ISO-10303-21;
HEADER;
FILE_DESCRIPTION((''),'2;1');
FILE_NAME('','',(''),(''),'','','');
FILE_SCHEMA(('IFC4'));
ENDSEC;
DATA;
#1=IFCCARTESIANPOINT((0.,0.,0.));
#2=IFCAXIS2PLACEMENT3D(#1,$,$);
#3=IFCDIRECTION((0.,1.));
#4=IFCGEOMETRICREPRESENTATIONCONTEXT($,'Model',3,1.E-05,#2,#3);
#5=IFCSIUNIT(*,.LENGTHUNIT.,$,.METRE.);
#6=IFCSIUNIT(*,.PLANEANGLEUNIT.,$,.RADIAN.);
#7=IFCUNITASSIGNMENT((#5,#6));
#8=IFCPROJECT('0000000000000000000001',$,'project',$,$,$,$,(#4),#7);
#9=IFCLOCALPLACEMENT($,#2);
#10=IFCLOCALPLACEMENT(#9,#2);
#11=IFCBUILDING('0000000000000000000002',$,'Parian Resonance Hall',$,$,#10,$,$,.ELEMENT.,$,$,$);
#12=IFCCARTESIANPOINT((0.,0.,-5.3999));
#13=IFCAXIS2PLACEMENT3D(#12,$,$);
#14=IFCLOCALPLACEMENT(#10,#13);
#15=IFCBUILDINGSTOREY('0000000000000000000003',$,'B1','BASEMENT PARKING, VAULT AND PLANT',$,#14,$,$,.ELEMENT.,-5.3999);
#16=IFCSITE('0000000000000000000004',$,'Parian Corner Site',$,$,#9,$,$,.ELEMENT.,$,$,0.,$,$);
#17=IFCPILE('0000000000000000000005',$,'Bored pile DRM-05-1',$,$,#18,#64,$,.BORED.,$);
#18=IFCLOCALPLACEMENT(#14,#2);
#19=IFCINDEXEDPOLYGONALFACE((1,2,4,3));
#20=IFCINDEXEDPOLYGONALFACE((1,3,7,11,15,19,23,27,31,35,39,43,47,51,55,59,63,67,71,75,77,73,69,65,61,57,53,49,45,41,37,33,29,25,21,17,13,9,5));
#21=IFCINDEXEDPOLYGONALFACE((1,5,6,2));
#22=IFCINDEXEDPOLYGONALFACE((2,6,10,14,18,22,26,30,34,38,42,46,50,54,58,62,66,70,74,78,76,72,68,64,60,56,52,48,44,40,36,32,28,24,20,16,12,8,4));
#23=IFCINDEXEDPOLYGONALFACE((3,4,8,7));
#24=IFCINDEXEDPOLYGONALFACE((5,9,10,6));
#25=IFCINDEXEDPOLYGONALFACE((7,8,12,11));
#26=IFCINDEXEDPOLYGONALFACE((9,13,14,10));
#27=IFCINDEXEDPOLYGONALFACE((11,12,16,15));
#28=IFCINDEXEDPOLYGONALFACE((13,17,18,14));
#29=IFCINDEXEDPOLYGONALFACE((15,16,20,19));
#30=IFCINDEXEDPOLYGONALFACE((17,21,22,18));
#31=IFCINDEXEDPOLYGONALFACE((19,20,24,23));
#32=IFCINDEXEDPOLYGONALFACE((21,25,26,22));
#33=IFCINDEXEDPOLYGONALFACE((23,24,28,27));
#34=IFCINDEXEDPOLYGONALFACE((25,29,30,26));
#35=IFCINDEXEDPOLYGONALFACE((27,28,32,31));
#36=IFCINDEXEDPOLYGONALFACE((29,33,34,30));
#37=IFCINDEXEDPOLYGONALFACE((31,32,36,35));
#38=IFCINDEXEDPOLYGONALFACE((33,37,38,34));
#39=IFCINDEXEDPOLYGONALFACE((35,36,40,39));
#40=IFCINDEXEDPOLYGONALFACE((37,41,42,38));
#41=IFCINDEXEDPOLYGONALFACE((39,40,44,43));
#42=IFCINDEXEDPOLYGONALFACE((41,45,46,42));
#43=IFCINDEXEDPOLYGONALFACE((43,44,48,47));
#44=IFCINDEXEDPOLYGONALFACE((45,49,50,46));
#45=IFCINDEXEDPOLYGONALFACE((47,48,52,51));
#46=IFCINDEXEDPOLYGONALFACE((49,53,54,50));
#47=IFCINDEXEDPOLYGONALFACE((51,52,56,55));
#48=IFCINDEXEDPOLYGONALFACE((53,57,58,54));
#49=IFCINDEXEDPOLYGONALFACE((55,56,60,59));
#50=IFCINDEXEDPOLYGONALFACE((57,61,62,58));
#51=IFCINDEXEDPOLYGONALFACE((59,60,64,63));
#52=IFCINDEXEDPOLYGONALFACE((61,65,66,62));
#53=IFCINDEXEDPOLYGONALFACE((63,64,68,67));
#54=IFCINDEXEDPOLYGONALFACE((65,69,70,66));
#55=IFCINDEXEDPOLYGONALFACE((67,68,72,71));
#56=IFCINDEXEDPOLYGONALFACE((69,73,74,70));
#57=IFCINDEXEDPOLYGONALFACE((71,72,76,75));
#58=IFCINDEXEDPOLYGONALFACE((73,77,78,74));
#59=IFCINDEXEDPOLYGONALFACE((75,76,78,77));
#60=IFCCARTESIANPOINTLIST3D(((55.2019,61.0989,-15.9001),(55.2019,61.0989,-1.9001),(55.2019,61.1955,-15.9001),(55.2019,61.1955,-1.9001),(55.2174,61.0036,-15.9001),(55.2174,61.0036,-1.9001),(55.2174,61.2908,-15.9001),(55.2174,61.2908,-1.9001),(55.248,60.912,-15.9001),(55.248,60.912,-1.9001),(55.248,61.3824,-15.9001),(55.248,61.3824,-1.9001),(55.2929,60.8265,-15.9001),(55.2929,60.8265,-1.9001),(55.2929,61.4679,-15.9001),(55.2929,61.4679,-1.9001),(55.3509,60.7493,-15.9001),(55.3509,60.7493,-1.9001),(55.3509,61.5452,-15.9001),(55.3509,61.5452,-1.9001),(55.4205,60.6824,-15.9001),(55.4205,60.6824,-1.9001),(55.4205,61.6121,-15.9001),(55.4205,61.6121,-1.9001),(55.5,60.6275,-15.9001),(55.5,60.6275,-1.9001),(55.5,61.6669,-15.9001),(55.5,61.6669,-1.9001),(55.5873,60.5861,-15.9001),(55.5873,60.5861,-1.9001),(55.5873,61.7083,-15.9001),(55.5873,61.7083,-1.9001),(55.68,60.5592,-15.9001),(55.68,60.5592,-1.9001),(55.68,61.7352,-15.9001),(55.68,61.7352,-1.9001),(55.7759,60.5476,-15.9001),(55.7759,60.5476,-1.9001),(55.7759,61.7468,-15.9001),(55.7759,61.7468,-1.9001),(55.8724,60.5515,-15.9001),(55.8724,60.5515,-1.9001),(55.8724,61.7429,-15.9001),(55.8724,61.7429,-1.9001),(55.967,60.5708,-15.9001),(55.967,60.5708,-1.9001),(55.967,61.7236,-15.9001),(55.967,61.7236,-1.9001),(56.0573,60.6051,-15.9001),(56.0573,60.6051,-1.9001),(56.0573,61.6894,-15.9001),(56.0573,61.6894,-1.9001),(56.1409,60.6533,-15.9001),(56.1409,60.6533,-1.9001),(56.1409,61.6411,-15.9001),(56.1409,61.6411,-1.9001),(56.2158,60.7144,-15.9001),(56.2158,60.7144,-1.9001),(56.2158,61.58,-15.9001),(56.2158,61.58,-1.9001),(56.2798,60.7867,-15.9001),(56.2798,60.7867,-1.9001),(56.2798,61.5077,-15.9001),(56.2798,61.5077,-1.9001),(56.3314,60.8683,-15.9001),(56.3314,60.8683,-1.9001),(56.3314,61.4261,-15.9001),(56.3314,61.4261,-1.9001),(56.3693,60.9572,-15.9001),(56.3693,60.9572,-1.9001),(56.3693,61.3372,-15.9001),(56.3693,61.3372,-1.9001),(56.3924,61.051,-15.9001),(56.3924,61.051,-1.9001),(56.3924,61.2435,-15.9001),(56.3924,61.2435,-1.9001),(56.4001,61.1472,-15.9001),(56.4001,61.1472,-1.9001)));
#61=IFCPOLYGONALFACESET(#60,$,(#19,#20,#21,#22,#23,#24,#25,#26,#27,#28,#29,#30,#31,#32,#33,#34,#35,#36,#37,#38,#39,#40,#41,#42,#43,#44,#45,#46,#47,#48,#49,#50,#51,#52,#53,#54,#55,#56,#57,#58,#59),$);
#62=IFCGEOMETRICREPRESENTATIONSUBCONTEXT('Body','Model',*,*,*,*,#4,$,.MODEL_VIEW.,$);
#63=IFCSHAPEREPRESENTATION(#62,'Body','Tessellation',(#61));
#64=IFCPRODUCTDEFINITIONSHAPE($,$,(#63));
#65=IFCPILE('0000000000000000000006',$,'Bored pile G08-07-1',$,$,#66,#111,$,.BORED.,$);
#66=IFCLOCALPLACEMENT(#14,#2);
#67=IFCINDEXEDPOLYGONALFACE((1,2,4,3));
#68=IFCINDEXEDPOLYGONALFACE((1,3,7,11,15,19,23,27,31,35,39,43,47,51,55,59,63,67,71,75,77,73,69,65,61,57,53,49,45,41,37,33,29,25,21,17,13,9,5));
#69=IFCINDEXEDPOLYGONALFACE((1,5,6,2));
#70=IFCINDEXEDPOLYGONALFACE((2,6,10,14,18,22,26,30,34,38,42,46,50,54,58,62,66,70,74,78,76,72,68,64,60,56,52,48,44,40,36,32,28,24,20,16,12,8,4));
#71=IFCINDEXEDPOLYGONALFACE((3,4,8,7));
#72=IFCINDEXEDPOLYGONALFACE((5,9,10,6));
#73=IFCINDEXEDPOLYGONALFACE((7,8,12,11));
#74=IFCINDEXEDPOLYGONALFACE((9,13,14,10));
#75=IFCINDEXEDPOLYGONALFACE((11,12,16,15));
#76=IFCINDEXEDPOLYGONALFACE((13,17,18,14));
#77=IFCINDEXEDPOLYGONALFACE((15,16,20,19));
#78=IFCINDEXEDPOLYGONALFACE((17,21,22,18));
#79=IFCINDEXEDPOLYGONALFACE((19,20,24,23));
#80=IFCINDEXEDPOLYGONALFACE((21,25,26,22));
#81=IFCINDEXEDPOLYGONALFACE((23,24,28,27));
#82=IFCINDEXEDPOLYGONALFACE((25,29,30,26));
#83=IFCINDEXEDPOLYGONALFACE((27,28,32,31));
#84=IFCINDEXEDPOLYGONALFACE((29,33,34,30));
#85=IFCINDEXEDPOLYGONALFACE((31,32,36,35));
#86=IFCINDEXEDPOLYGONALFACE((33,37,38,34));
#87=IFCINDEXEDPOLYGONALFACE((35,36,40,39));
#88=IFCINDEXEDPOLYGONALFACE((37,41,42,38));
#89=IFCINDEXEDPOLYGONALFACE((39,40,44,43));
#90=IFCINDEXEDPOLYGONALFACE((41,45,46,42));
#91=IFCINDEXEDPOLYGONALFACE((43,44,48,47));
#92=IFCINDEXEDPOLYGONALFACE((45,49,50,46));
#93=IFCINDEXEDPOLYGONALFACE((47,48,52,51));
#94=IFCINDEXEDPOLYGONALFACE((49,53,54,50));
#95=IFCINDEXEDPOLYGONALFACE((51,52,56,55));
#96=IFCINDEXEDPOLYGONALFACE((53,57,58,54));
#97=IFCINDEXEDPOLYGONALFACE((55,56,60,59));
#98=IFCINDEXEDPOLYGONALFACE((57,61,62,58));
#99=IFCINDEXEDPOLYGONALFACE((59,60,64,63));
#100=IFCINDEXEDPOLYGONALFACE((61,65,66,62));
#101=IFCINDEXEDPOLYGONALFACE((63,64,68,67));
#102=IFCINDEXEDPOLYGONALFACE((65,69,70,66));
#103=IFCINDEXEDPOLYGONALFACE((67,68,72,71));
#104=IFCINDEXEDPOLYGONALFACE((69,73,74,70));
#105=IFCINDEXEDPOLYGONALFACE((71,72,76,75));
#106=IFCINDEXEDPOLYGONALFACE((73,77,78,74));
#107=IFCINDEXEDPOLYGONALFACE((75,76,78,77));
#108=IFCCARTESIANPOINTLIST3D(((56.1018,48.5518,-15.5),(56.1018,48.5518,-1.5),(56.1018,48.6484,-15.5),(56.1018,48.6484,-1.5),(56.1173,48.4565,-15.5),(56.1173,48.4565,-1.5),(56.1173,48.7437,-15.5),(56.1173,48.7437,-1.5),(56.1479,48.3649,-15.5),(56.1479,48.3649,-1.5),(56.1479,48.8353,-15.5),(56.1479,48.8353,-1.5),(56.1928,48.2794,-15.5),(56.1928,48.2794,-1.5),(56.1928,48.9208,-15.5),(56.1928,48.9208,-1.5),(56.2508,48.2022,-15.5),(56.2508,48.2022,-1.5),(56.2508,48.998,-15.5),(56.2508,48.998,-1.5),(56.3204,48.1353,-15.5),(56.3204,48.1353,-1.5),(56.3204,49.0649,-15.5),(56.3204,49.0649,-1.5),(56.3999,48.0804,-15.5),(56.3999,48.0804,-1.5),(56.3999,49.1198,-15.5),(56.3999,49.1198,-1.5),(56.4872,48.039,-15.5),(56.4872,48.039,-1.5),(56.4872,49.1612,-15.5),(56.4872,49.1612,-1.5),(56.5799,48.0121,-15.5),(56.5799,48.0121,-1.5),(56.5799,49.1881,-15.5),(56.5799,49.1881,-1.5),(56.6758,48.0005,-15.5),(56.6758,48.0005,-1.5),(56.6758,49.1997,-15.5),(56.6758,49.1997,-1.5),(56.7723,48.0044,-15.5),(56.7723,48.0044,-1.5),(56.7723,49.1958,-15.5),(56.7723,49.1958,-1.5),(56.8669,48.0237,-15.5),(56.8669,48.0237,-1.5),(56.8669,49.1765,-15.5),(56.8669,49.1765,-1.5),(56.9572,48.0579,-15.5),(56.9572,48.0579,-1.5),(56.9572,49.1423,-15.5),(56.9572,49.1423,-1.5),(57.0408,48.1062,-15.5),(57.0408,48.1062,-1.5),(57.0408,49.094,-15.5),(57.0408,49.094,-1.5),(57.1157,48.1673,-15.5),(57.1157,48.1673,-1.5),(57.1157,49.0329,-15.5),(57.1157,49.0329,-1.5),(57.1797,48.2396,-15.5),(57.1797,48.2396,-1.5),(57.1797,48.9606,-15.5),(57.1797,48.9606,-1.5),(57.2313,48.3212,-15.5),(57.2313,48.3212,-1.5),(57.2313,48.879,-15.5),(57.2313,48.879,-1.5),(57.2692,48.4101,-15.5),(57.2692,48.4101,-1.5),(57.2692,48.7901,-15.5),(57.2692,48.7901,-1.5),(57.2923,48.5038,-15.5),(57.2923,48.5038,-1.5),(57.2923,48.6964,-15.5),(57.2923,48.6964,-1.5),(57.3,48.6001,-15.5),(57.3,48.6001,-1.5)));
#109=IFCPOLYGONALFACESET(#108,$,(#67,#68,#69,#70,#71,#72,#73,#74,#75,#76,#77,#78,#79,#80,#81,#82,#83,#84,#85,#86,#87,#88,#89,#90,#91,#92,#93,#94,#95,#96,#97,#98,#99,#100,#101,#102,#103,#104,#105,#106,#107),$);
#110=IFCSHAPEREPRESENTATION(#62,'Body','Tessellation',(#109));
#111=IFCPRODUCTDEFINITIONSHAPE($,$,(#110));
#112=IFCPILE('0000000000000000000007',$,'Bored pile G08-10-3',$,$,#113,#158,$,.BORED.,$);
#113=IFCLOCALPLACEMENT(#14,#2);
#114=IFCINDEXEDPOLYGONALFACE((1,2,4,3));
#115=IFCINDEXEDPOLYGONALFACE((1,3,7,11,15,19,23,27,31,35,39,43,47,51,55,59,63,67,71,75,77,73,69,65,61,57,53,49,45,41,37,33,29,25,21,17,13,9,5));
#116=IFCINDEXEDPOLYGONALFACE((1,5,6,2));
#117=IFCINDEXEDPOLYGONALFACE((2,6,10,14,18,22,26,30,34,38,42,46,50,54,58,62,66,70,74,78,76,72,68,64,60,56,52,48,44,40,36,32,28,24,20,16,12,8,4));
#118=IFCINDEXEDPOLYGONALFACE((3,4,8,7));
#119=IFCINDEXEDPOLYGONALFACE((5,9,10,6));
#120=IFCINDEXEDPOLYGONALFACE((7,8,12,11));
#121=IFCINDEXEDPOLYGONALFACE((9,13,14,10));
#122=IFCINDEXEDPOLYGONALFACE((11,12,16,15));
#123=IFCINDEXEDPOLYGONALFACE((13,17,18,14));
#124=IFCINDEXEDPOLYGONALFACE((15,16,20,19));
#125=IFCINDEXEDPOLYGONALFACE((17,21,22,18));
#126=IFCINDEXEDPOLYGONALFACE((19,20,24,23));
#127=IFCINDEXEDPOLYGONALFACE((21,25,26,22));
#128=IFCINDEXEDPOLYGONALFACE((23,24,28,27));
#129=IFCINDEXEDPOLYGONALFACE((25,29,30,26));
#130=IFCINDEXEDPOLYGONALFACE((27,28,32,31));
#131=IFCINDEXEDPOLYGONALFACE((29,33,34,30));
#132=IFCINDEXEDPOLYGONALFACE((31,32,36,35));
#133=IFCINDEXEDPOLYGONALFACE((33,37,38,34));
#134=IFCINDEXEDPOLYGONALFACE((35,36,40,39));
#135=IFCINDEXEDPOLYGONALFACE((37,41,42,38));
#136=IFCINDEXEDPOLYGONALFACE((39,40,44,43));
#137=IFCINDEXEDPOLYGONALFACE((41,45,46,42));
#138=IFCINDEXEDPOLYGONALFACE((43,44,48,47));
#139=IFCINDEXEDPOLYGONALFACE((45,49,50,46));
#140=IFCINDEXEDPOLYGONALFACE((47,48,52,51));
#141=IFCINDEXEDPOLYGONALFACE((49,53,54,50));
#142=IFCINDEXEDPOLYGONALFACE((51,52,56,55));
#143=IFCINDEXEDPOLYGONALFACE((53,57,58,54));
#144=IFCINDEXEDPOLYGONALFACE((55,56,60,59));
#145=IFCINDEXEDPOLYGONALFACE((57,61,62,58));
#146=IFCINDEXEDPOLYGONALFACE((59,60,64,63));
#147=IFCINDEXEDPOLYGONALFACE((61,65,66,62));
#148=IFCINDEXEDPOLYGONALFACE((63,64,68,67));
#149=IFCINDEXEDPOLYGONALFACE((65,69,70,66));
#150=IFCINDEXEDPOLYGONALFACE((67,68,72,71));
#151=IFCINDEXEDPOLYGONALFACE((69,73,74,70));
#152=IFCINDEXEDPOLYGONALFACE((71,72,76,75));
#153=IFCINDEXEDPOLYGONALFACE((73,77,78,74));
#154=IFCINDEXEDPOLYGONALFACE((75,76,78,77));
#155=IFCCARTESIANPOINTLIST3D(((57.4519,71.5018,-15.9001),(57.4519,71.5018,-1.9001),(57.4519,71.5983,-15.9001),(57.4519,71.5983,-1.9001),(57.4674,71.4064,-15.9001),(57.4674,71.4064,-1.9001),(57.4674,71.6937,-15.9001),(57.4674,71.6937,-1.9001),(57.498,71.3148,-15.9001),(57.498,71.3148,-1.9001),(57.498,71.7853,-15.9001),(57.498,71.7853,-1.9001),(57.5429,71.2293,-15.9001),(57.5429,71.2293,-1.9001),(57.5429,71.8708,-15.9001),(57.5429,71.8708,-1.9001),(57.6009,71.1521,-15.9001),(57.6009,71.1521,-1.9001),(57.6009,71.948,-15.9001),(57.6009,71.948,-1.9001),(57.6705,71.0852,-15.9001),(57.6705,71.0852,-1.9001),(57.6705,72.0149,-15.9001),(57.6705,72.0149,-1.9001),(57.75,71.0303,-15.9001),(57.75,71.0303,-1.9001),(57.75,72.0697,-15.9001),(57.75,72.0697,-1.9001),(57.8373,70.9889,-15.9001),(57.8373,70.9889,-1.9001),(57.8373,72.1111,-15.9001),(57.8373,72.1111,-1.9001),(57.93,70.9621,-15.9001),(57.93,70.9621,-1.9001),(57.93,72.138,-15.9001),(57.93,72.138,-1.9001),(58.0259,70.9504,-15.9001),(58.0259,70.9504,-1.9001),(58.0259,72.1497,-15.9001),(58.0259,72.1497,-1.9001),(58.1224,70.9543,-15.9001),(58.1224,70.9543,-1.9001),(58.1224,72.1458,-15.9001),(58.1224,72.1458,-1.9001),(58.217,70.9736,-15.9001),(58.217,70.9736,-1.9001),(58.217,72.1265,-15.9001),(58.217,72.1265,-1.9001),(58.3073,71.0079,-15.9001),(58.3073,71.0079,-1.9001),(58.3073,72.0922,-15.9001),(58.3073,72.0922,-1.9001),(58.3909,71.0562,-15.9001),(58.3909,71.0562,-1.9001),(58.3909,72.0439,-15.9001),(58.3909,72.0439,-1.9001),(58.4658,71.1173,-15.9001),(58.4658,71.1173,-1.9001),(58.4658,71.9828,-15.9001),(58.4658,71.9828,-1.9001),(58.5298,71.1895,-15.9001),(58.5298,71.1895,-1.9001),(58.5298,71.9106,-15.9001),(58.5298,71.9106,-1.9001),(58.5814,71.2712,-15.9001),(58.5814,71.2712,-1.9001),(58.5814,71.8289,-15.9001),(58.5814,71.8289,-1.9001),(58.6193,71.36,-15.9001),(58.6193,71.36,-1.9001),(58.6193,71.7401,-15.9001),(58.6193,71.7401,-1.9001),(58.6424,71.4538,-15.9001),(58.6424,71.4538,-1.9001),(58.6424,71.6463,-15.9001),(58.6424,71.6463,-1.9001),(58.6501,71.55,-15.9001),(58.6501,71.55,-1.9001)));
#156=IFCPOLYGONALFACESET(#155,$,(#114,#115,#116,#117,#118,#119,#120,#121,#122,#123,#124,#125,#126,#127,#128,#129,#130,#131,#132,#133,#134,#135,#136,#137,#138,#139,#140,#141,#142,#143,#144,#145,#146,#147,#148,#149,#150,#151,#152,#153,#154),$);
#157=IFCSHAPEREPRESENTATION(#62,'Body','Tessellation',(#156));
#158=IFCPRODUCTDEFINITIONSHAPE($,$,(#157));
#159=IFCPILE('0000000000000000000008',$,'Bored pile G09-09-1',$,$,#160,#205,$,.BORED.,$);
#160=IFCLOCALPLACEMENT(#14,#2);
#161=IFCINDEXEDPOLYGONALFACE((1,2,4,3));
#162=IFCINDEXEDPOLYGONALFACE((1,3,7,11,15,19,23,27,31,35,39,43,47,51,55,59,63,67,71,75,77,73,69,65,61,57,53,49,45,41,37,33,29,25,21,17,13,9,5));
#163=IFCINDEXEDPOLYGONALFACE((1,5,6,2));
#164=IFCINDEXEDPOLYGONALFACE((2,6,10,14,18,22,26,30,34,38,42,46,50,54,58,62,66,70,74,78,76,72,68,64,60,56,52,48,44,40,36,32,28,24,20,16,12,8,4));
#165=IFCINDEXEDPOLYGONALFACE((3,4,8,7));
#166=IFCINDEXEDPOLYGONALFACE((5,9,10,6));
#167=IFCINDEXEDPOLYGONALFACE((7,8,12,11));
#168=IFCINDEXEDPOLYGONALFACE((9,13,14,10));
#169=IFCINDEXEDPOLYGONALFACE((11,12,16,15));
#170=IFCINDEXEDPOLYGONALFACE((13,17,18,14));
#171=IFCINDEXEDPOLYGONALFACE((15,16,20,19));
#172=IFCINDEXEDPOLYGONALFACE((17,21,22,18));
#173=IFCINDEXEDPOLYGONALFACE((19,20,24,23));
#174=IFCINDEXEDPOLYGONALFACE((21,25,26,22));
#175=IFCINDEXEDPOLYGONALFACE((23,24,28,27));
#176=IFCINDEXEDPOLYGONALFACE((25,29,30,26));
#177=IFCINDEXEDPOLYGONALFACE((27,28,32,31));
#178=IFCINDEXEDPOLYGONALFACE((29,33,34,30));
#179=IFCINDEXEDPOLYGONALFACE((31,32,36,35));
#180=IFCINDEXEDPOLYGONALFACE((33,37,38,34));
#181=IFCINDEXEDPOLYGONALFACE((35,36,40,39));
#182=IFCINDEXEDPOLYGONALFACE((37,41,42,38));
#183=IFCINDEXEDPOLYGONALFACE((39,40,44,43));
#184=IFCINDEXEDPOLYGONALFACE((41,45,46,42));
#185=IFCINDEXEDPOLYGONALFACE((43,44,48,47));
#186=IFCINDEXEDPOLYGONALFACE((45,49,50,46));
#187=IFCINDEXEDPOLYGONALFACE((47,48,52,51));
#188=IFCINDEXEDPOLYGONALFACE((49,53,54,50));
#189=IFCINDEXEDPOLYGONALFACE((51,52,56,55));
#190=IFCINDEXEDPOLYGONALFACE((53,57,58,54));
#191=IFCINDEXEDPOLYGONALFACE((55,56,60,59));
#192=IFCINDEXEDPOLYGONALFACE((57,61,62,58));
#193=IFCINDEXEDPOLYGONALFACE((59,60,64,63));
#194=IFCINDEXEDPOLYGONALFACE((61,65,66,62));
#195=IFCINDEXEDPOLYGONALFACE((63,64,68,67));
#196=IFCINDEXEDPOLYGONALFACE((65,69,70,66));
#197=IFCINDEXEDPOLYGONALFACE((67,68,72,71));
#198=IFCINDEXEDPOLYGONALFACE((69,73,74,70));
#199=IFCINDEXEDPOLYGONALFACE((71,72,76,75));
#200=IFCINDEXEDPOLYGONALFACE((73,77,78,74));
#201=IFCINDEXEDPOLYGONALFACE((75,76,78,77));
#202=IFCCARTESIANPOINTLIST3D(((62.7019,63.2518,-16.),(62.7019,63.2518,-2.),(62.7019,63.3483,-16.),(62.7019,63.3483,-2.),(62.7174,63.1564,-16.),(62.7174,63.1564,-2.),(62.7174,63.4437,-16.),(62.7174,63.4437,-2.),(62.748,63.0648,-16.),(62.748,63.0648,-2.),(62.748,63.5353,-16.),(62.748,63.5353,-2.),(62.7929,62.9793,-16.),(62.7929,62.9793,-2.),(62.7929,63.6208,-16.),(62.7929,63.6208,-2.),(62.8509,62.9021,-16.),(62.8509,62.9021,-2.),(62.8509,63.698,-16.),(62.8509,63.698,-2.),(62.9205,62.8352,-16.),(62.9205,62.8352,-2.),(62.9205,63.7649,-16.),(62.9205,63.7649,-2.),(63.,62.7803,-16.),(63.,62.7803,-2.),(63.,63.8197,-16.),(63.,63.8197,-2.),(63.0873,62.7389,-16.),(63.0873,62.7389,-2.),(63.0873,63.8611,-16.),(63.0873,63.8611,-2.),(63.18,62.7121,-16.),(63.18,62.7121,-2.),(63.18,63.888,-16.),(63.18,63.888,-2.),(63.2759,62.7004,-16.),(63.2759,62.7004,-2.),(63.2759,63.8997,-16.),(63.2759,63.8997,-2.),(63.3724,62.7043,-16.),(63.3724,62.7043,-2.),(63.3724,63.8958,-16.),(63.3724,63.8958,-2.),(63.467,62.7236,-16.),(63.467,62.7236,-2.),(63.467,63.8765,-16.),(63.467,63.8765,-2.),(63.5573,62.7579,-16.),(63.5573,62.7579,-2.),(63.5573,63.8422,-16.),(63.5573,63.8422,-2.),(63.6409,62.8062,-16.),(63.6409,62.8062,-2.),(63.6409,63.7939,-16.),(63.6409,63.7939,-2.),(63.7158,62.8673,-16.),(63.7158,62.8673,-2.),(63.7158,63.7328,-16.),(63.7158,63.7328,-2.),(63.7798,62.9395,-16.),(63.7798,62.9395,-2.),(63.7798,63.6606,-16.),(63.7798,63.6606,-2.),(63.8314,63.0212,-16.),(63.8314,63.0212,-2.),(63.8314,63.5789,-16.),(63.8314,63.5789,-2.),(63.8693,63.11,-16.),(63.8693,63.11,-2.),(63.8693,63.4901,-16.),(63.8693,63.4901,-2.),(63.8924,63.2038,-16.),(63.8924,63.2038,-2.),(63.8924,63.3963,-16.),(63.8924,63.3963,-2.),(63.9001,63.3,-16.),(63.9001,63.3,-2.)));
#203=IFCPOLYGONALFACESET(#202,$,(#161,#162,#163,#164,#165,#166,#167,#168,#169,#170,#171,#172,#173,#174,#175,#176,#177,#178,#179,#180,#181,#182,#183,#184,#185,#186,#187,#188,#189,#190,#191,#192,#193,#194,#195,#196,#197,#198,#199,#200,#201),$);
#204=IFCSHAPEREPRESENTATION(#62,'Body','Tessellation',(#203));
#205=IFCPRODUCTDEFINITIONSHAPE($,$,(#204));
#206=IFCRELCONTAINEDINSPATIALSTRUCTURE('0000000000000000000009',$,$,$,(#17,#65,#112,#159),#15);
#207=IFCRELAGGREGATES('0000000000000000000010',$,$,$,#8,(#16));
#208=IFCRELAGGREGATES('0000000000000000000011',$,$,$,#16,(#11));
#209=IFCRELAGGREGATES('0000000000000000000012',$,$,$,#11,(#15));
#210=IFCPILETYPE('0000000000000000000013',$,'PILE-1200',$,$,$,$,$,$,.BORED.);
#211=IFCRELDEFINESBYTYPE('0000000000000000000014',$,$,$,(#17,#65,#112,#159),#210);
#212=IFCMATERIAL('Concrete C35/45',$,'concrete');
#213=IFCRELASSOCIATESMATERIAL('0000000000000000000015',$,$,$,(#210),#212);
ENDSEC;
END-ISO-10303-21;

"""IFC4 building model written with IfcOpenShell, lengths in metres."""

from ifc_helpers import new_model, si_unit, direction, frame, origin, origin_2d, place, context, subcontext, project, spatial, circle, extrude, material, material_profile, profile_set, type_object, element, save


model = new_model("IFC4")

# Units and contexts
model_context = context("Model", 3, precision=1e-05, world=origin(), true_north=direction((0.0, 1.0)))
body_context = subcontext(model_context, "Body", "Model", "MODEL_VIEW")
ifc_project = project(units=[si_unit("LENGTHUNIT", "METRE"), si_unit("PLANEANGLEUNIT", "RADIAN")], contexts=[model_context])

# Site, building, storey
site_placement = place(None, origin())
site = spatial("IfcSite", under=ifc_project, at=site_placement, Name="Parian Corner Site", CompositionType="ELEMENT", RefElevation=0.0)
building_placement = place(site_placement, origin())
building = spatial("IfcBuilding", under=site, at=building_placement, Name="Parian Resonance Hall", CompositionType="ELEMENT")
storey_placement = place(building_placement, frame((0.0, 0.0, -5.3999)))
storey = spatial("IfcBuildingStorey", under=building, at=storey_placement, Name="B1", Description="BASEMENT PARKING, VAULT AND PLANT", CompositionType="ELEMENT", Elevation=-5.3999)

# Piles
ifc_material_1 = material(Name="Concrete C35/45", Category="concrete")
ifc_material_profile_1 = material_profile(ifc_material_1, circle(Radius=0.6001, at=origin_2d()), Name="PILE-D1200")
ifc_profile_set_1 = profile_set([ifc_material_profile_1], Name="Concrete C35/45")
pile_type_1 = type_object("IfcPileType", Name="PILE-1200", PredefinedType="BORED", material=ifc_profile_set_1)
for number, where, z_axis, x_axis, name in (
    (1, (55.8, 61.1472, -1.9001), (0.0, 0.0, -1.0), (1.0, 0.0, 0.0), "Bored pile DRM-05-1"),
    (2, (56.7, 48.6001, -1.5), (0.0, 0.0, -1.0), (1.0, 0.0, 0.0), "Bored pile G08-07-1"),
    (3, (58.05, 71.55, -1.9001), (0.0, 0.0, -1.0), (1.0, 0.0, 0.0), "Bored pile G08-10-3"),
    (4, (63.3, 63.3, -2.0), (0.0, 0.0, -1.0), (1.0, 0.0, 0.0), "Bored pile G09-09-1"),
):
    element("IfcPile", number, at=place(storey_placement, frame(where, z_axis=z_axis, x_axis=x_axis)), inside=storey, type_object=pile_type_1, Name=name, PredefinedType="BORED", context=body_context, shape_type="SweptSolid", body=[
        extrude(circle(Radius=0.6001, at=origin_2d()), origin(), (0.0, 0.0, 1.0), 14.0),
    ])

save(model, "model.ifc")
